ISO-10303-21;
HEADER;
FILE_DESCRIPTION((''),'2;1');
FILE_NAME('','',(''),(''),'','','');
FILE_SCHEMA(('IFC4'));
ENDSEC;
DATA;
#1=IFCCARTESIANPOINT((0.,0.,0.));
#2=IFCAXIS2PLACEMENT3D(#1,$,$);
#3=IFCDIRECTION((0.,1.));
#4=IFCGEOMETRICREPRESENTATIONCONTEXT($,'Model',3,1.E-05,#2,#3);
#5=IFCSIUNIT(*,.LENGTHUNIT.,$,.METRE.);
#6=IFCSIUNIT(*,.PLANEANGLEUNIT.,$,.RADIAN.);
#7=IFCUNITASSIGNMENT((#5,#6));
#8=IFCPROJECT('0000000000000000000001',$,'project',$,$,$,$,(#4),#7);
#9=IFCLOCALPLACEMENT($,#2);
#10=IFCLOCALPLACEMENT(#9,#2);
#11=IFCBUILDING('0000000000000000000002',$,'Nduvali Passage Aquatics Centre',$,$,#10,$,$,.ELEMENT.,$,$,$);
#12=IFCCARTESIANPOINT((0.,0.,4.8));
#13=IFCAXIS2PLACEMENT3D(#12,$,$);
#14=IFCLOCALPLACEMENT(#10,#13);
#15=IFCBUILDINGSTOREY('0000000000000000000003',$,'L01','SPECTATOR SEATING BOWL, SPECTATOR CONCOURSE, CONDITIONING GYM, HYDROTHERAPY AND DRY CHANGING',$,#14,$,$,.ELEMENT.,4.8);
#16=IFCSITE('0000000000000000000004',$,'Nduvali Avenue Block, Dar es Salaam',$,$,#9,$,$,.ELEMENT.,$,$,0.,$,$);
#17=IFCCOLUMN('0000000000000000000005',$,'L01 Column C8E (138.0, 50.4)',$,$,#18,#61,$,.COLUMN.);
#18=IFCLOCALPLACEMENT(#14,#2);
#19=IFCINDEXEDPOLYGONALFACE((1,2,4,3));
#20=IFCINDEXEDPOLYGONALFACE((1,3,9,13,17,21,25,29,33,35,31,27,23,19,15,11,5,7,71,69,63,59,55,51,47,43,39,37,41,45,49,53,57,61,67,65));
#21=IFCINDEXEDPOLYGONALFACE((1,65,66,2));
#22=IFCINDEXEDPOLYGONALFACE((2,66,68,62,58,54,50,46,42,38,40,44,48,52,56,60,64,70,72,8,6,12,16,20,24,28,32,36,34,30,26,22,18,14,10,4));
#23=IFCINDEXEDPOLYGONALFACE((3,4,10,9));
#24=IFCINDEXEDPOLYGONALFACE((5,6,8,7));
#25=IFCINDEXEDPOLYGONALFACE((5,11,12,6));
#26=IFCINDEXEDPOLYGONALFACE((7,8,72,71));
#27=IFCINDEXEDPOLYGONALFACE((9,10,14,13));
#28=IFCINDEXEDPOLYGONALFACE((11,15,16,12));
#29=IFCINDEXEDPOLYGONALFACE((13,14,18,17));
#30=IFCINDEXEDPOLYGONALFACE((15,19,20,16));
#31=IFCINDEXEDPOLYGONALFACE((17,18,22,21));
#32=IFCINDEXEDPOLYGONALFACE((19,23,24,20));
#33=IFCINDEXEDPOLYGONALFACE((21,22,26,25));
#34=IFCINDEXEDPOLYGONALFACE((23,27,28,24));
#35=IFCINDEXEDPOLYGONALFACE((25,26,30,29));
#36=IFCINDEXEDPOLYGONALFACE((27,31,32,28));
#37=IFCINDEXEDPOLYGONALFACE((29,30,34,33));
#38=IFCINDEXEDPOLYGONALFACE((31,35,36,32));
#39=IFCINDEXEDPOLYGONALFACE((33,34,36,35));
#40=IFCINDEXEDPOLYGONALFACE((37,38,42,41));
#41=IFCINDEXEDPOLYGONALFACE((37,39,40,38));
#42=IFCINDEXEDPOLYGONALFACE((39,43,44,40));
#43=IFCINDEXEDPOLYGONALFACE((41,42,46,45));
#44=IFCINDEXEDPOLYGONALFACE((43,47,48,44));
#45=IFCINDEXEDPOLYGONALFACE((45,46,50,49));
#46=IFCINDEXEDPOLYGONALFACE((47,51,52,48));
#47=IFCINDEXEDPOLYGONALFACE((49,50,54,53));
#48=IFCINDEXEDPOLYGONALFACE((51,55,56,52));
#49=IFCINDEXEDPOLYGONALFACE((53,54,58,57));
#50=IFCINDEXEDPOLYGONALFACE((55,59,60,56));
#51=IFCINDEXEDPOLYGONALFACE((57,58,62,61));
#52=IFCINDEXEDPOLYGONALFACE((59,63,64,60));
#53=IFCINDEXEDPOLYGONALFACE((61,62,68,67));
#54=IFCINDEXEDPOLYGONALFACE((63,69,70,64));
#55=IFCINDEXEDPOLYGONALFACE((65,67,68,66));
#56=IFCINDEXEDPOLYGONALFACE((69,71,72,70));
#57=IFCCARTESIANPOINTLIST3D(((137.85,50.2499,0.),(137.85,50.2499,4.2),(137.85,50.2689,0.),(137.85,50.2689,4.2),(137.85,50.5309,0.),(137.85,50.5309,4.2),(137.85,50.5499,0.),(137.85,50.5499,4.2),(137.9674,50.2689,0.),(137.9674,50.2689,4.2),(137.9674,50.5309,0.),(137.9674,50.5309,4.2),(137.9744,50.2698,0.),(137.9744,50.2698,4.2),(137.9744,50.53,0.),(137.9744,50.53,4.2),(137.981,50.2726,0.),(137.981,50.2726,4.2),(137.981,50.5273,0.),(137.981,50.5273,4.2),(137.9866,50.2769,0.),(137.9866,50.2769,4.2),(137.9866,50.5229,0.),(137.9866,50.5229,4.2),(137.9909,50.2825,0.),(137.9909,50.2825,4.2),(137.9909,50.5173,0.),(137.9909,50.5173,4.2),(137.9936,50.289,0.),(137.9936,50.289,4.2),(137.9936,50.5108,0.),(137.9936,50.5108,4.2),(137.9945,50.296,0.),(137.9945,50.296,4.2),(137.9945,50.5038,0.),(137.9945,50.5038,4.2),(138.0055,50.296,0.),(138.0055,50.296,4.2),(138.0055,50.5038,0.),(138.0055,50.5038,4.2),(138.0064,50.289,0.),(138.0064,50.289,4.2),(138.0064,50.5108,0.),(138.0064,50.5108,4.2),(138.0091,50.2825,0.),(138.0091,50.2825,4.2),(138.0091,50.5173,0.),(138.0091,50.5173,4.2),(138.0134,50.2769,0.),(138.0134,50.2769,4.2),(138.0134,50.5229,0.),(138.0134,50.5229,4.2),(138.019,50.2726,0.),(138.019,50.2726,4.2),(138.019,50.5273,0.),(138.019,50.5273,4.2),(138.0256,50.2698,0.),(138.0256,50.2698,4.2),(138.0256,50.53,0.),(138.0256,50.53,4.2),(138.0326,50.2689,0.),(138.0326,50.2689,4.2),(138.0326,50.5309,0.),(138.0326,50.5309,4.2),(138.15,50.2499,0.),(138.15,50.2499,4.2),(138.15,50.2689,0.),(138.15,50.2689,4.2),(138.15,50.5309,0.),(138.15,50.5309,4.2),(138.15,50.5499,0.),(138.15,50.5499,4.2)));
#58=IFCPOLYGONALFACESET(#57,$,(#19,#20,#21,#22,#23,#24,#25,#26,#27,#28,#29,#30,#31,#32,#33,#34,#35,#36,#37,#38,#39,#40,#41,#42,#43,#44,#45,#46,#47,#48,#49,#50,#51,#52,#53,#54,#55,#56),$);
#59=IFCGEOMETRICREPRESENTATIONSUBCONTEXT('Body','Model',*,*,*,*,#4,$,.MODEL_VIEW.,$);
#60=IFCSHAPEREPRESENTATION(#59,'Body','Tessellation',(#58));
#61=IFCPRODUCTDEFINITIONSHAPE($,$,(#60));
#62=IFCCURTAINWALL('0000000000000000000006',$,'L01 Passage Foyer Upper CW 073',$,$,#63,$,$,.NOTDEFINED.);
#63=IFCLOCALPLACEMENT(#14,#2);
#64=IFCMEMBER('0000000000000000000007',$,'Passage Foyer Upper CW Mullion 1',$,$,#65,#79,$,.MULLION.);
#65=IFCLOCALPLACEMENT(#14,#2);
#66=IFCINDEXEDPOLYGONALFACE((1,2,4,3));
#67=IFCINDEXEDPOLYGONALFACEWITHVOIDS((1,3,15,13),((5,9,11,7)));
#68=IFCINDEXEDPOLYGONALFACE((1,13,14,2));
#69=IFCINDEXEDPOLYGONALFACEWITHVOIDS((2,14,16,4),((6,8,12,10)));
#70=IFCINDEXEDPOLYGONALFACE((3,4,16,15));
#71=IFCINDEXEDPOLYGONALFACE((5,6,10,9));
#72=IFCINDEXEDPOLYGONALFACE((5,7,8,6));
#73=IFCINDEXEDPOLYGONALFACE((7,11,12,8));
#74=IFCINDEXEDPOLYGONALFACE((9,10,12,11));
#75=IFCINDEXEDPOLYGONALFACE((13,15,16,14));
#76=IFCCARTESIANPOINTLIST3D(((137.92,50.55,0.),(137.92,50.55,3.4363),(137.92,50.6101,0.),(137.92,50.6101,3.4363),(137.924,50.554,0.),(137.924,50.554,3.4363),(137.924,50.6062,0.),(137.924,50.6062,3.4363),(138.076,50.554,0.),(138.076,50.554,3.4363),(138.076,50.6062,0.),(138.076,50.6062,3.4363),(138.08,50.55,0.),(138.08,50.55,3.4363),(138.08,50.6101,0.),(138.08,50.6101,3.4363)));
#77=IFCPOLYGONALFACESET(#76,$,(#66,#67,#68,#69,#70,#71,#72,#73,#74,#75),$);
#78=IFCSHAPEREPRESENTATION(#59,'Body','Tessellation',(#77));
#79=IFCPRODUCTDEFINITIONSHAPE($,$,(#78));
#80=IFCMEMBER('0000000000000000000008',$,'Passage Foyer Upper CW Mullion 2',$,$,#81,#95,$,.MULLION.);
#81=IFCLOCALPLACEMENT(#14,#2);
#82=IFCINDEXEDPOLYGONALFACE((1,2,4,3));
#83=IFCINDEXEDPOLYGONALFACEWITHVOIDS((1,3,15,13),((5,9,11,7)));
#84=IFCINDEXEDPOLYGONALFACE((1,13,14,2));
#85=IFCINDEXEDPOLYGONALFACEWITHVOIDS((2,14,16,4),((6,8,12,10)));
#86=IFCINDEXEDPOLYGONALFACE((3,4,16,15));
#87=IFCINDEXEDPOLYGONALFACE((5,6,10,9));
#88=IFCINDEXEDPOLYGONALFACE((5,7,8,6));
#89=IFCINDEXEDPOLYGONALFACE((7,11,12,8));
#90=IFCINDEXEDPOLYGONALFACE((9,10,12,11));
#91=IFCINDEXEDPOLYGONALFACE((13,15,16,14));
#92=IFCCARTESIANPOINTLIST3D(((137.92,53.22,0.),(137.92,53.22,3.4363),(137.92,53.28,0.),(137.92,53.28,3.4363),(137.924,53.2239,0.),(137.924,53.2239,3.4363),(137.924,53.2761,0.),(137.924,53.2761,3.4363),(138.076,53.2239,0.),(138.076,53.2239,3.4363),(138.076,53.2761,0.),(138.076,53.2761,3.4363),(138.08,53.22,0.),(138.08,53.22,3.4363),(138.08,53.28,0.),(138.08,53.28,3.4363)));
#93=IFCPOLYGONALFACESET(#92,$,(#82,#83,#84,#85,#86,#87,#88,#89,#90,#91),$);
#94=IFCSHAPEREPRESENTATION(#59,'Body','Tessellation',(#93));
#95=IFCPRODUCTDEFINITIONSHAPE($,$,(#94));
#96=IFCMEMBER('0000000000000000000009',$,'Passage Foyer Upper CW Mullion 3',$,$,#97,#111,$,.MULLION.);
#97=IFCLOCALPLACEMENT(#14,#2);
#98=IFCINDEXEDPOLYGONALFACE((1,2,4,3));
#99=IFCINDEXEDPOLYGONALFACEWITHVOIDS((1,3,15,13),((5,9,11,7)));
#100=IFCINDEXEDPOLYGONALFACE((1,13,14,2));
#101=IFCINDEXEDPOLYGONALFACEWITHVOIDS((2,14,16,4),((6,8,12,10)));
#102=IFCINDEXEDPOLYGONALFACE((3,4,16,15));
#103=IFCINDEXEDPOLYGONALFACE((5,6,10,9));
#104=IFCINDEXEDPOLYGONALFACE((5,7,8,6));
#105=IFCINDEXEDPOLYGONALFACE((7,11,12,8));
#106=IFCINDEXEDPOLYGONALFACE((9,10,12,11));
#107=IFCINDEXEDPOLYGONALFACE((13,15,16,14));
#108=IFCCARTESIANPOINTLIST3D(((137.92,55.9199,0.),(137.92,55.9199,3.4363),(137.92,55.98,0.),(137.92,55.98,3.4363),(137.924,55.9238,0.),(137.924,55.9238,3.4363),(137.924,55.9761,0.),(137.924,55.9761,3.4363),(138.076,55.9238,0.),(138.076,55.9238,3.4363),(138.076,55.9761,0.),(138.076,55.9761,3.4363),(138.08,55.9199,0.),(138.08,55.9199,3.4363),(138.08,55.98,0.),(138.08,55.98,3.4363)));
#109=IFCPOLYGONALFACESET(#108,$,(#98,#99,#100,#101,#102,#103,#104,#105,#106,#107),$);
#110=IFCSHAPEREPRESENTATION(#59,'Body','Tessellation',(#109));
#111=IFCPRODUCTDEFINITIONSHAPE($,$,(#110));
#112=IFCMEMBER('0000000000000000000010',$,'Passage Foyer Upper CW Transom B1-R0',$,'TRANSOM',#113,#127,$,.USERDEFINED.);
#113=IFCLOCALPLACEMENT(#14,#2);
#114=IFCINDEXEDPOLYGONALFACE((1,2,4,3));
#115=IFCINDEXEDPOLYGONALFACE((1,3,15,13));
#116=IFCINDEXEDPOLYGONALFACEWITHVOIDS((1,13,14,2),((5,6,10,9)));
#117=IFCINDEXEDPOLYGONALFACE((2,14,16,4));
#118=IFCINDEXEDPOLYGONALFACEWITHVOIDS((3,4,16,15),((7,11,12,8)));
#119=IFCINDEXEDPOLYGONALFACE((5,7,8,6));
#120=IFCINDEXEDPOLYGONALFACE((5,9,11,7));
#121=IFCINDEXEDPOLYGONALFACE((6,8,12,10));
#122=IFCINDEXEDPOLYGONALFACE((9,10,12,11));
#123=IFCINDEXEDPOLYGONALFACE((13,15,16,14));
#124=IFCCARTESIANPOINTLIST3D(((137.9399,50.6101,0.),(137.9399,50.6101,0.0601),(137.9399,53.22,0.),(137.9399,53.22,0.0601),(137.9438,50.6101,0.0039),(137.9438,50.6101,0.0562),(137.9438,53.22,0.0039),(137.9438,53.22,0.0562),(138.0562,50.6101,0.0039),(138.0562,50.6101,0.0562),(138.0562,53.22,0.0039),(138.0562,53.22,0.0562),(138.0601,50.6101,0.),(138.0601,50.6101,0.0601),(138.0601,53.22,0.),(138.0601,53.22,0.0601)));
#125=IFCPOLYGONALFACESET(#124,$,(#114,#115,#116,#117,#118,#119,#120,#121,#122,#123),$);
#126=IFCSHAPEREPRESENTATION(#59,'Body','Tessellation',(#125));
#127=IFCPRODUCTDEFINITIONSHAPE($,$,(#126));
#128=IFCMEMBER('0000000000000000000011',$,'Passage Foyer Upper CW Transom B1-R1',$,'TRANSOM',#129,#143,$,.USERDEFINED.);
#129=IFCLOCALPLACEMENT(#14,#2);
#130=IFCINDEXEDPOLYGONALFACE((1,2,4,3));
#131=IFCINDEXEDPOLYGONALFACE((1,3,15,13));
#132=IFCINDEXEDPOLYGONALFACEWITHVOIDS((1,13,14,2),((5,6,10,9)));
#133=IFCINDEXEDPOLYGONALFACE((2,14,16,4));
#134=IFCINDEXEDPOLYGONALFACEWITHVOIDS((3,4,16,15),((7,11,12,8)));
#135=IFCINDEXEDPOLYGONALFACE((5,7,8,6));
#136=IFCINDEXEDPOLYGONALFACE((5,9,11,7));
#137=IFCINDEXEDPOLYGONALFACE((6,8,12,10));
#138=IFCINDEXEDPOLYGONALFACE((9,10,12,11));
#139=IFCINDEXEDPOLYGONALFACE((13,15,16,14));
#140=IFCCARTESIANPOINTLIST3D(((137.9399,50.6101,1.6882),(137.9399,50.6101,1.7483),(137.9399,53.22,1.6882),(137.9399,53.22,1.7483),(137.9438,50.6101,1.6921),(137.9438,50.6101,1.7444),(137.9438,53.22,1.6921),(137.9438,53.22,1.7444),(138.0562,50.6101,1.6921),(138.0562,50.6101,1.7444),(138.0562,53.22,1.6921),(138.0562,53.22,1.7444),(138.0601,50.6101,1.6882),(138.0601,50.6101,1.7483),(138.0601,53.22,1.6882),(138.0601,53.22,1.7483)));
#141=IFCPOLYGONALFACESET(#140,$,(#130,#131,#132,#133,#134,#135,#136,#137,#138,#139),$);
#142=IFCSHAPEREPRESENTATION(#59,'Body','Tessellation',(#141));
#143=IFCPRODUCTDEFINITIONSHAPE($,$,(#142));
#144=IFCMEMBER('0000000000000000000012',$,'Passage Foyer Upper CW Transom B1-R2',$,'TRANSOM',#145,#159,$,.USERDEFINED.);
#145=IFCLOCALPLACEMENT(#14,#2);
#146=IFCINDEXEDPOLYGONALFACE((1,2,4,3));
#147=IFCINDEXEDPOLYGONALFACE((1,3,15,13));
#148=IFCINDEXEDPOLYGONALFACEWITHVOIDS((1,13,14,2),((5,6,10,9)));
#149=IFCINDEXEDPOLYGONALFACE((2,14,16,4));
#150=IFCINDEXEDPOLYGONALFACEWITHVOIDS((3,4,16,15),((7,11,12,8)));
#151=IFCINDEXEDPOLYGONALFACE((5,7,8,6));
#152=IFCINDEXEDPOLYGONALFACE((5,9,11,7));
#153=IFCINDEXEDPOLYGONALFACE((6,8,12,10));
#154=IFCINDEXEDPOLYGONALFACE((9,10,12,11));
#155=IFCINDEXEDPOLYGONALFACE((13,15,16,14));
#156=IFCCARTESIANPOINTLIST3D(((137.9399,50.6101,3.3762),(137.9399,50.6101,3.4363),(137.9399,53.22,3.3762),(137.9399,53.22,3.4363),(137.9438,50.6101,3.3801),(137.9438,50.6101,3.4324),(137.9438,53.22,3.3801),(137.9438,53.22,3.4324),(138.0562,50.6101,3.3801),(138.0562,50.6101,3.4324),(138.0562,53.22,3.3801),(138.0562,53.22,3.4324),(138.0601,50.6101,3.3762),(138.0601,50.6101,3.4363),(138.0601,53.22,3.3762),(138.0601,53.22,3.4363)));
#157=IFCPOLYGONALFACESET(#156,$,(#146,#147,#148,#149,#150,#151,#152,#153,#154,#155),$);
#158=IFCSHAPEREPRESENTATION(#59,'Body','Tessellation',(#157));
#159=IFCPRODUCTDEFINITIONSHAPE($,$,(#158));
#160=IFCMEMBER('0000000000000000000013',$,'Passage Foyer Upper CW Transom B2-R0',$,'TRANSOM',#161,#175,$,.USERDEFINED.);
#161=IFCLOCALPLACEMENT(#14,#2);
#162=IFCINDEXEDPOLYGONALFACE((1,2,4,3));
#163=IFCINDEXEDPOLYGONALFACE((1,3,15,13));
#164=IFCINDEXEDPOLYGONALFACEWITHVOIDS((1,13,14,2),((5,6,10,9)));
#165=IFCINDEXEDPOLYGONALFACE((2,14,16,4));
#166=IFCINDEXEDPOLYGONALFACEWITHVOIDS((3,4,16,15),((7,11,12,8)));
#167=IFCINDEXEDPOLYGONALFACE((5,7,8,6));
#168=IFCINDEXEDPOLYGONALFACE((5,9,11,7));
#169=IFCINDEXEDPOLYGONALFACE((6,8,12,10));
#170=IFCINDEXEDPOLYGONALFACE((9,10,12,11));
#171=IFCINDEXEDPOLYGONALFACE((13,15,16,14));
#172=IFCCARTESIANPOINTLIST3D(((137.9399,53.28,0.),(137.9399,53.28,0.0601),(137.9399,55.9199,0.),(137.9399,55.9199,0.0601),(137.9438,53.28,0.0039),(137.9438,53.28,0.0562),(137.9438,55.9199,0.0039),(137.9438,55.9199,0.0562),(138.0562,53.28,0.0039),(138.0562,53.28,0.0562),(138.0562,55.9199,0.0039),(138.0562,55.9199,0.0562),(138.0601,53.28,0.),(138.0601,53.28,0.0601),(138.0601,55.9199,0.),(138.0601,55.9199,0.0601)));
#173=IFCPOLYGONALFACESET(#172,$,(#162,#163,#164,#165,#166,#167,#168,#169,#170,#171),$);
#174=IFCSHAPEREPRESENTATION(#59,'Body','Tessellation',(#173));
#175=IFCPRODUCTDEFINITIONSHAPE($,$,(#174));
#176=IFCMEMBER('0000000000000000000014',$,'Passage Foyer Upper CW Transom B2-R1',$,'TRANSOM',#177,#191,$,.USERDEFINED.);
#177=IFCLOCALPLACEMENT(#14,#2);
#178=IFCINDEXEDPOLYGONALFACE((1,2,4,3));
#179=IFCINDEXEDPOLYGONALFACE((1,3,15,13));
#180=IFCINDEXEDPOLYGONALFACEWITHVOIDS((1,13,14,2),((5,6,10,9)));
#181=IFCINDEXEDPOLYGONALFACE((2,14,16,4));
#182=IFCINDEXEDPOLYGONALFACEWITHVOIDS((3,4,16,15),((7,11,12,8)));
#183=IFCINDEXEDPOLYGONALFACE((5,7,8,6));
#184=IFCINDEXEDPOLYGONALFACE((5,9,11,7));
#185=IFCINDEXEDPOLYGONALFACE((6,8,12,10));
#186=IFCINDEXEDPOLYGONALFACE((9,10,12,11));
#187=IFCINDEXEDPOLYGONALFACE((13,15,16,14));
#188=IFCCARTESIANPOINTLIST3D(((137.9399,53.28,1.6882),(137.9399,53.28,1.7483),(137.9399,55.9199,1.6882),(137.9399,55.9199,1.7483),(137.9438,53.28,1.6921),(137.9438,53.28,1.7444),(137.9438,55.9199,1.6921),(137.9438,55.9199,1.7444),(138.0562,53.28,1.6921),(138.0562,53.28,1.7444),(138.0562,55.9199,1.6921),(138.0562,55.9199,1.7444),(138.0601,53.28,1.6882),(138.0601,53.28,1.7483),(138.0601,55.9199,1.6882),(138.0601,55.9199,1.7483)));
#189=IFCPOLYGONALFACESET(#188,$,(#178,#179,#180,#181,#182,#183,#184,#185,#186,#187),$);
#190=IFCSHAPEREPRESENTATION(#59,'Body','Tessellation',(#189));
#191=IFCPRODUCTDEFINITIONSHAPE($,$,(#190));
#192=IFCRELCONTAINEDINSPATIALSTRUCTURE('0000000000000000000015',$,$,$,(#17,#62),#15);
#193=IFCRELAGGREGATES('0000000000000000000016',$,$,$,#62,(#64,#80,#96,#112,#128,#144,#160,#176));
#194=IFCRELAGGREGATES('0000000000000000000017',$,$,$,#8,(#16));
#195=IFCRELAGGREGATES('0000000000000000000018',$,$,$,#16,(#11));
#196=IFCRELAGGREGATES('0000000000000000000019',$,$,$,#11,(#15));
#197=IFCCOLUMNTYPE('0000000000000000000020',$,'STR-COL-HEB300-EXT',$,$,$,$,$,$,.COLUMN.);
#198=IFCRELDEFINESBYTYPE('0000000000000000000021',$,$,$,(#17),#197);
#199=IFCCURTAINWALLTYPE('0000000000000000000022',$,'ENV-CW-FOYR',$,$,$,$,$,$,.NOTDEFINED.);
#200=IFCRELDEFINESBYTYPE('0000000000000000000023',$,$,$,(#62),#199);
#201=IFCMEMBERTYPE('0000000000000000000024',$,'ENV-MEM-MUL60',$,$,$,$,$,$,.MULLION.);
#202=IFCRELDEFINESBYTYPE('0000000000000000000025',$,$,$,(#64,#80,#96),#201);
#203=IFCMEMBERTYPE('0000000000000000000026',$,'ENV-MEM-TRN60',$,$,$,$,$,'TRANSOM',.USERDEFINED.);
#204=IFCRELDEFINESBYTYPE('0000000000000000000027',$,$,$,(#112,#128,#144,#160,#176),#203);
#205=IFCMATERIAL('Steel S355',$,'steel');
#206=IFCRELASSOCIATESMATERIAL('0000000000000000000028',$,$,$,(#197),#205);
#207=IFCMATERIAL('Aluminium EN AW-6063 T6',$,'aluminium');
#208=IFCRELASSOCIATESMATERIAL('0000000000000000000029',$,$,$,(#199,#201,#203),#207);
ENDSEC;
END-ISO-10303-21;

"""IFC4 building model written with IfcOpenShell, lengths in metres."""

from ifc_helpers import new_model, si_unit, direction, frame, origin, origin_2d, place, context, subcontext, project, spatial, hollow_rectangle, i_section, extrude, material, material_profile, profile_set, type_object, element, aggregate, save


model = new_model("IFC4")

# Units and contexts
model_context = context("Model", 3, precision=1e-05, world=origin(), true_north=direction((0.0, 1.0)))
body_context = subcontext(model_context, "Body", "Model", "MODEL_VIEW")
ifc_project = project(units=[si_unit("LENGTHUNIT", "METRE"), si_unit("PLANEANGLEUNIT", "RADIAN")], contexts=[model_context])

# Site, building, storey
site_placement = place(None, origin())
site = spatial("IfcSite", under=ifc_project, at=site_placement, Name="Nduvali Avenue Block, Dar es Salaam", CompositionType="ELEMENT", RefElevation=0.0)
building_placement = place(site_placement, origin())
building = spatial("IfcBuilding", under=site, at=building_placement, Name="Nduvali Passage Aquatics Centre", CompositionType="ELEMENT")
storey_placement = place(building_placement, frame((0.0, 0.0, 4.8)))
storey = spatial("IfcBuildingStorey", under=building, at=storey_placement, Name="L01", Description="SPECTATOR SEATING BOWL, SPECTATOR CONCOURSE, CONDITIONING GYM, HYDROTHERAPY AND DRY CHANGING", CompositionType="ELEMENT", Elevation=4.8)

# Column
ifc_material_1 = material(Name="Steel S355", Category="steel")
ifc_material_profile_1 = material_profile(ifc_material_1, i_section(OverallWidth=0.3, OverallDepth=0.3, WebThickness=0.011, FlangeThickness=0.019, FilletRadius=0.0271, at=origin_2d()), Name="HEB 300")
ifc_profile_set_1 = profile_set([ifc_material_profile_1], Name="Steel S355")
column_type = type_object("IfcColumnType", Name="STR-COL-HEB300-EXT", PredefinedType="COLUMN", material=ifc_profile_set_1)
column_placement = place(storey_placement, frame((138.0, 50.3999, 0.0), z_axis=(0.0, 0.0, 1.0), x_axis=(1.0, 0.0, 0.0)))
element("IfcColumn", 1, at=column_placement, inside=storey, type_object=column_type, Name="L01 Column C8E (138.0, 50.4)", PredefinedType="COLUMN", context=body_context, shape_type="SweptSolid", body=[
    extrude(i_section(OverallWidth=0.3, OverallDepth=0.3, WebThickness=0.011, FlangeThickness=0.019, FilletRadius=0.0271, at=origin_2d()), origin(), (0.0, 0.0, 1.0), 4.2),
])

# Curtain wall, members
ifc_material_2 = material(Name="Aluminium EN AW-6063 T6", Category="aluminium")
curtain_wall_type = type_object("IfcCurtainWallType", Name="ENV-CW-FOYR", PredefinedType="NOTDEFINED", material=ifc_material_2)
curtain_wall_placement = place(storey_placement, origin())
curtain_wall = element("IfcCurtainWall", 2, at=curtain_wall_placement, inside=storey, type_object=curtain_wall_type, Name="L01 Passage Foyer Upper CW 073", PredefinedType="NOTDEFINED")
ifc_material_profile_2 = material_profile(ifc_material_2, hollow_rectangle(XDim=0.0601, YDim=0.1599, WallThickness=0.0039, at=origin_2d()), Name="ALU MULLION 60x160x4")
ifc_profile_set_2 = profile_set([ifc_material_profile_2], Name="Aluminium EN AW-6063 T6")
member_type_1 = type_object("IfcMemberType", Name="ENV-MEM-MUL60", PredefinedType="MULLION", material=ifc_profile_set_2)
member_1_placement = place(storey_placement, frame((138.0, 50.5801, 0.0), z_axis=(0.0, 0.0, 1.0), x_axis=(0.0, 1.0, 0.0)))
member_1 = element("IfcMember", 3, at=member_1_placement, type_object=member_type_1, Name="Passage Foyer Upper CW Mullion 1", PredefinedType="MULLION", context=body_context, shape_type="SweptSolid", body=[
    extrude(hollow_rectangle(XDim=0.0601, YDim=0.1599, WallThickness=0.0039, at=origin_2d()), origin(), (0.0, 0.0, 1.0), 3.4363),
])
member_2_placement = place(storey_placement, frame((138.0, 53.25, 0.0), z_axis=(0.0, 0.0, 1.0), x_axis=(0.0, 1.0, 0.0)))
member_2 = element("IfcMember", 4, at=member_2_placement, type_object=member_type_1, Name="Passage Foyer Upper CW Mullion 2", PredefinedType="MULLION", context=body_context, shape_type="SweptSolid", body=[
    extrude(hollow_rectangle(XDim=0.0601, YDim=0.1599, WallThickness=0.0039, at=origin_2d()), origin(), (0.0, 0.0, 1.0), 3.4363),
])
member_3_placement = place(storey_placement, frame((138.0, 55.95, 0.0), z_axis=(0.0, 0.0, 1.0), x_axis=(0.0, 1.0, 0.0)))
member_3 = element("IfcMember", 5, at=member_3_placement, type_object=member_type_1, Name="Passage Foyer Upper CW Mullion 3", PredefinedType="MULLION", context=body_context, shape_type="SweptSolid", body=[
    extrude(hollow_rectangle(XDim=0.0601, YDim=0.1599, WallThickness=0.0039, at=origin_2d()), origin(), (0.0, 0.0, 1.0), 3.4363),
])
ifc_material_profile_3 = material_profile(ifc_material_2, hollow_rectangle(XDim=0.1201, YDim=0.0601, WallThickness=0.0039, at=origin_2d()), Name="ALU TRANSOM 120x60x4")
ifc_profile_set_3 = profile_set([ifc_material_profile_3], Name="Aluminium EN AW-6063 T6")
member_type_2 = type_object("IfcMemberType", Name="ENV-MEM-TRN60", ElementType="TRANSOM", PredefinedType="USERDEFINED", material=ifc_profile_set_3)
member_4_placement = place(storey_placement, frame((138.0, 50.6101, 0.03), z_axis=(0.0, 1.0, 0.0), x_axis=(-1.0, 0.0, 0.0)))
member_4 = element("IfcMember", 6, at=member_4_placement, type_object=member_type_2, Name="Passage Foyer Upper CW Transom B1-R0", ObjectType="TRANSOM", PredefinedType="USERDEFINED", context=body_context, shape_type="SweptSolid", body=[
    extrude(hollow_rectangle(XDim=0.1201, YDim=0.0601, WallThickness=0.0039, at=origin_2d()), origin(), (0.0, 0.0, 1.0), 2.6099),
])
member_5_placement = place(storey_placement, frame((138.0, 50.6101, 1.7183), z_axis=(0.0, 1.0, 0.0), x_axis=(-1.0, 0.0, 0.0)))
member_5 = element("IfcMember", 7, at=member_5_placement, type_object=member_type_2, Name="Passage Foyer Upper CW Transom B1-R1", ObjectType="TRANSOM", PredefinedType="USERDEFINED", context=body_context, shape_type="SweptSolid", body=[
    extrude(hollow_rectangle(XDim=0.1201, YDim=0.0601, WallThickness=0.0039, at=origin_2d()), origin(), (0.0, 0.0, 1.0), 2.6099),
])
member_6_placement = place(storey_placement, frame((138.0, 50.6101, 3.4062), z_axis=(0.0, 1.0, 0.0), x_axis=(-1.0, 0.0, 0.0)))
member_6 = element("IfcMember", 8, at=member_6_placement, type_object=member_type_2, Name="Passage Foyer Upper CW Transom B1-R2", ObjectType="TRANSOM", PredefinedType="USERDEFINED", context=body_context, shape_type="SweptSolid", body=[
    extrude(hollow_rectangle(XDim=0.1201, YDim=0.0601, WallThickness=0.0039, at=origin_2d()), origin(), (0.0, 0.0, 1.0), 2.6099),
])
member_7_placement = place(storey_placement, frame((138.0, 53.28, 0.03), z_axis=(0.0, 1.0, 0.0), x_axis=(-1.0, 0.0, 0.0)))
member_7 = element("IfcMember", 9, at=member_7_placement, type_object=member_type_2, Name="Passage Foyer Upper CW Transom B2-R0", ObjectType="TRANSOM", PredefinedType="USERDEFINED", context=body_context, shape_type="SweptSolid", body=[
    extrude(hollow_rectangle(XDim=0.1201, YDim=0.0601, WallThickness=0.0039, at=origin_2d()), origin(), (0.0, 0.0, 1.0), 2.6399),
])
member_8_placement = place(storey_placement, frame((138.0, 53.28, 1.7183), z_axis=(0.0, 1.0, 0.0), x_axis=(-1.0, 0.0, 0.0)))
member_8 = element("IfcMember", 10, at=member_8_placement, type_object=member_type_2, Name="Passage Foyer Upper CW Transom B2-R1", ObjectType="TRANSOM", PredefinedType="USERDEFINED", context=body_context, shape_type="SweptSolid", body=[
    extrude(hollow_rectangle(XDim=0.1201, YDim=0.0601, WallThickness=0.0039, at=origin_2d()), origin(), (0.0, 0.0, 1.0), 2.6399),
])

aggregate(curtain_wall, [member_1, member_2, member_3, member_4, member_5, member_6, member_7, member_8])

save(model, "model.ifc")
